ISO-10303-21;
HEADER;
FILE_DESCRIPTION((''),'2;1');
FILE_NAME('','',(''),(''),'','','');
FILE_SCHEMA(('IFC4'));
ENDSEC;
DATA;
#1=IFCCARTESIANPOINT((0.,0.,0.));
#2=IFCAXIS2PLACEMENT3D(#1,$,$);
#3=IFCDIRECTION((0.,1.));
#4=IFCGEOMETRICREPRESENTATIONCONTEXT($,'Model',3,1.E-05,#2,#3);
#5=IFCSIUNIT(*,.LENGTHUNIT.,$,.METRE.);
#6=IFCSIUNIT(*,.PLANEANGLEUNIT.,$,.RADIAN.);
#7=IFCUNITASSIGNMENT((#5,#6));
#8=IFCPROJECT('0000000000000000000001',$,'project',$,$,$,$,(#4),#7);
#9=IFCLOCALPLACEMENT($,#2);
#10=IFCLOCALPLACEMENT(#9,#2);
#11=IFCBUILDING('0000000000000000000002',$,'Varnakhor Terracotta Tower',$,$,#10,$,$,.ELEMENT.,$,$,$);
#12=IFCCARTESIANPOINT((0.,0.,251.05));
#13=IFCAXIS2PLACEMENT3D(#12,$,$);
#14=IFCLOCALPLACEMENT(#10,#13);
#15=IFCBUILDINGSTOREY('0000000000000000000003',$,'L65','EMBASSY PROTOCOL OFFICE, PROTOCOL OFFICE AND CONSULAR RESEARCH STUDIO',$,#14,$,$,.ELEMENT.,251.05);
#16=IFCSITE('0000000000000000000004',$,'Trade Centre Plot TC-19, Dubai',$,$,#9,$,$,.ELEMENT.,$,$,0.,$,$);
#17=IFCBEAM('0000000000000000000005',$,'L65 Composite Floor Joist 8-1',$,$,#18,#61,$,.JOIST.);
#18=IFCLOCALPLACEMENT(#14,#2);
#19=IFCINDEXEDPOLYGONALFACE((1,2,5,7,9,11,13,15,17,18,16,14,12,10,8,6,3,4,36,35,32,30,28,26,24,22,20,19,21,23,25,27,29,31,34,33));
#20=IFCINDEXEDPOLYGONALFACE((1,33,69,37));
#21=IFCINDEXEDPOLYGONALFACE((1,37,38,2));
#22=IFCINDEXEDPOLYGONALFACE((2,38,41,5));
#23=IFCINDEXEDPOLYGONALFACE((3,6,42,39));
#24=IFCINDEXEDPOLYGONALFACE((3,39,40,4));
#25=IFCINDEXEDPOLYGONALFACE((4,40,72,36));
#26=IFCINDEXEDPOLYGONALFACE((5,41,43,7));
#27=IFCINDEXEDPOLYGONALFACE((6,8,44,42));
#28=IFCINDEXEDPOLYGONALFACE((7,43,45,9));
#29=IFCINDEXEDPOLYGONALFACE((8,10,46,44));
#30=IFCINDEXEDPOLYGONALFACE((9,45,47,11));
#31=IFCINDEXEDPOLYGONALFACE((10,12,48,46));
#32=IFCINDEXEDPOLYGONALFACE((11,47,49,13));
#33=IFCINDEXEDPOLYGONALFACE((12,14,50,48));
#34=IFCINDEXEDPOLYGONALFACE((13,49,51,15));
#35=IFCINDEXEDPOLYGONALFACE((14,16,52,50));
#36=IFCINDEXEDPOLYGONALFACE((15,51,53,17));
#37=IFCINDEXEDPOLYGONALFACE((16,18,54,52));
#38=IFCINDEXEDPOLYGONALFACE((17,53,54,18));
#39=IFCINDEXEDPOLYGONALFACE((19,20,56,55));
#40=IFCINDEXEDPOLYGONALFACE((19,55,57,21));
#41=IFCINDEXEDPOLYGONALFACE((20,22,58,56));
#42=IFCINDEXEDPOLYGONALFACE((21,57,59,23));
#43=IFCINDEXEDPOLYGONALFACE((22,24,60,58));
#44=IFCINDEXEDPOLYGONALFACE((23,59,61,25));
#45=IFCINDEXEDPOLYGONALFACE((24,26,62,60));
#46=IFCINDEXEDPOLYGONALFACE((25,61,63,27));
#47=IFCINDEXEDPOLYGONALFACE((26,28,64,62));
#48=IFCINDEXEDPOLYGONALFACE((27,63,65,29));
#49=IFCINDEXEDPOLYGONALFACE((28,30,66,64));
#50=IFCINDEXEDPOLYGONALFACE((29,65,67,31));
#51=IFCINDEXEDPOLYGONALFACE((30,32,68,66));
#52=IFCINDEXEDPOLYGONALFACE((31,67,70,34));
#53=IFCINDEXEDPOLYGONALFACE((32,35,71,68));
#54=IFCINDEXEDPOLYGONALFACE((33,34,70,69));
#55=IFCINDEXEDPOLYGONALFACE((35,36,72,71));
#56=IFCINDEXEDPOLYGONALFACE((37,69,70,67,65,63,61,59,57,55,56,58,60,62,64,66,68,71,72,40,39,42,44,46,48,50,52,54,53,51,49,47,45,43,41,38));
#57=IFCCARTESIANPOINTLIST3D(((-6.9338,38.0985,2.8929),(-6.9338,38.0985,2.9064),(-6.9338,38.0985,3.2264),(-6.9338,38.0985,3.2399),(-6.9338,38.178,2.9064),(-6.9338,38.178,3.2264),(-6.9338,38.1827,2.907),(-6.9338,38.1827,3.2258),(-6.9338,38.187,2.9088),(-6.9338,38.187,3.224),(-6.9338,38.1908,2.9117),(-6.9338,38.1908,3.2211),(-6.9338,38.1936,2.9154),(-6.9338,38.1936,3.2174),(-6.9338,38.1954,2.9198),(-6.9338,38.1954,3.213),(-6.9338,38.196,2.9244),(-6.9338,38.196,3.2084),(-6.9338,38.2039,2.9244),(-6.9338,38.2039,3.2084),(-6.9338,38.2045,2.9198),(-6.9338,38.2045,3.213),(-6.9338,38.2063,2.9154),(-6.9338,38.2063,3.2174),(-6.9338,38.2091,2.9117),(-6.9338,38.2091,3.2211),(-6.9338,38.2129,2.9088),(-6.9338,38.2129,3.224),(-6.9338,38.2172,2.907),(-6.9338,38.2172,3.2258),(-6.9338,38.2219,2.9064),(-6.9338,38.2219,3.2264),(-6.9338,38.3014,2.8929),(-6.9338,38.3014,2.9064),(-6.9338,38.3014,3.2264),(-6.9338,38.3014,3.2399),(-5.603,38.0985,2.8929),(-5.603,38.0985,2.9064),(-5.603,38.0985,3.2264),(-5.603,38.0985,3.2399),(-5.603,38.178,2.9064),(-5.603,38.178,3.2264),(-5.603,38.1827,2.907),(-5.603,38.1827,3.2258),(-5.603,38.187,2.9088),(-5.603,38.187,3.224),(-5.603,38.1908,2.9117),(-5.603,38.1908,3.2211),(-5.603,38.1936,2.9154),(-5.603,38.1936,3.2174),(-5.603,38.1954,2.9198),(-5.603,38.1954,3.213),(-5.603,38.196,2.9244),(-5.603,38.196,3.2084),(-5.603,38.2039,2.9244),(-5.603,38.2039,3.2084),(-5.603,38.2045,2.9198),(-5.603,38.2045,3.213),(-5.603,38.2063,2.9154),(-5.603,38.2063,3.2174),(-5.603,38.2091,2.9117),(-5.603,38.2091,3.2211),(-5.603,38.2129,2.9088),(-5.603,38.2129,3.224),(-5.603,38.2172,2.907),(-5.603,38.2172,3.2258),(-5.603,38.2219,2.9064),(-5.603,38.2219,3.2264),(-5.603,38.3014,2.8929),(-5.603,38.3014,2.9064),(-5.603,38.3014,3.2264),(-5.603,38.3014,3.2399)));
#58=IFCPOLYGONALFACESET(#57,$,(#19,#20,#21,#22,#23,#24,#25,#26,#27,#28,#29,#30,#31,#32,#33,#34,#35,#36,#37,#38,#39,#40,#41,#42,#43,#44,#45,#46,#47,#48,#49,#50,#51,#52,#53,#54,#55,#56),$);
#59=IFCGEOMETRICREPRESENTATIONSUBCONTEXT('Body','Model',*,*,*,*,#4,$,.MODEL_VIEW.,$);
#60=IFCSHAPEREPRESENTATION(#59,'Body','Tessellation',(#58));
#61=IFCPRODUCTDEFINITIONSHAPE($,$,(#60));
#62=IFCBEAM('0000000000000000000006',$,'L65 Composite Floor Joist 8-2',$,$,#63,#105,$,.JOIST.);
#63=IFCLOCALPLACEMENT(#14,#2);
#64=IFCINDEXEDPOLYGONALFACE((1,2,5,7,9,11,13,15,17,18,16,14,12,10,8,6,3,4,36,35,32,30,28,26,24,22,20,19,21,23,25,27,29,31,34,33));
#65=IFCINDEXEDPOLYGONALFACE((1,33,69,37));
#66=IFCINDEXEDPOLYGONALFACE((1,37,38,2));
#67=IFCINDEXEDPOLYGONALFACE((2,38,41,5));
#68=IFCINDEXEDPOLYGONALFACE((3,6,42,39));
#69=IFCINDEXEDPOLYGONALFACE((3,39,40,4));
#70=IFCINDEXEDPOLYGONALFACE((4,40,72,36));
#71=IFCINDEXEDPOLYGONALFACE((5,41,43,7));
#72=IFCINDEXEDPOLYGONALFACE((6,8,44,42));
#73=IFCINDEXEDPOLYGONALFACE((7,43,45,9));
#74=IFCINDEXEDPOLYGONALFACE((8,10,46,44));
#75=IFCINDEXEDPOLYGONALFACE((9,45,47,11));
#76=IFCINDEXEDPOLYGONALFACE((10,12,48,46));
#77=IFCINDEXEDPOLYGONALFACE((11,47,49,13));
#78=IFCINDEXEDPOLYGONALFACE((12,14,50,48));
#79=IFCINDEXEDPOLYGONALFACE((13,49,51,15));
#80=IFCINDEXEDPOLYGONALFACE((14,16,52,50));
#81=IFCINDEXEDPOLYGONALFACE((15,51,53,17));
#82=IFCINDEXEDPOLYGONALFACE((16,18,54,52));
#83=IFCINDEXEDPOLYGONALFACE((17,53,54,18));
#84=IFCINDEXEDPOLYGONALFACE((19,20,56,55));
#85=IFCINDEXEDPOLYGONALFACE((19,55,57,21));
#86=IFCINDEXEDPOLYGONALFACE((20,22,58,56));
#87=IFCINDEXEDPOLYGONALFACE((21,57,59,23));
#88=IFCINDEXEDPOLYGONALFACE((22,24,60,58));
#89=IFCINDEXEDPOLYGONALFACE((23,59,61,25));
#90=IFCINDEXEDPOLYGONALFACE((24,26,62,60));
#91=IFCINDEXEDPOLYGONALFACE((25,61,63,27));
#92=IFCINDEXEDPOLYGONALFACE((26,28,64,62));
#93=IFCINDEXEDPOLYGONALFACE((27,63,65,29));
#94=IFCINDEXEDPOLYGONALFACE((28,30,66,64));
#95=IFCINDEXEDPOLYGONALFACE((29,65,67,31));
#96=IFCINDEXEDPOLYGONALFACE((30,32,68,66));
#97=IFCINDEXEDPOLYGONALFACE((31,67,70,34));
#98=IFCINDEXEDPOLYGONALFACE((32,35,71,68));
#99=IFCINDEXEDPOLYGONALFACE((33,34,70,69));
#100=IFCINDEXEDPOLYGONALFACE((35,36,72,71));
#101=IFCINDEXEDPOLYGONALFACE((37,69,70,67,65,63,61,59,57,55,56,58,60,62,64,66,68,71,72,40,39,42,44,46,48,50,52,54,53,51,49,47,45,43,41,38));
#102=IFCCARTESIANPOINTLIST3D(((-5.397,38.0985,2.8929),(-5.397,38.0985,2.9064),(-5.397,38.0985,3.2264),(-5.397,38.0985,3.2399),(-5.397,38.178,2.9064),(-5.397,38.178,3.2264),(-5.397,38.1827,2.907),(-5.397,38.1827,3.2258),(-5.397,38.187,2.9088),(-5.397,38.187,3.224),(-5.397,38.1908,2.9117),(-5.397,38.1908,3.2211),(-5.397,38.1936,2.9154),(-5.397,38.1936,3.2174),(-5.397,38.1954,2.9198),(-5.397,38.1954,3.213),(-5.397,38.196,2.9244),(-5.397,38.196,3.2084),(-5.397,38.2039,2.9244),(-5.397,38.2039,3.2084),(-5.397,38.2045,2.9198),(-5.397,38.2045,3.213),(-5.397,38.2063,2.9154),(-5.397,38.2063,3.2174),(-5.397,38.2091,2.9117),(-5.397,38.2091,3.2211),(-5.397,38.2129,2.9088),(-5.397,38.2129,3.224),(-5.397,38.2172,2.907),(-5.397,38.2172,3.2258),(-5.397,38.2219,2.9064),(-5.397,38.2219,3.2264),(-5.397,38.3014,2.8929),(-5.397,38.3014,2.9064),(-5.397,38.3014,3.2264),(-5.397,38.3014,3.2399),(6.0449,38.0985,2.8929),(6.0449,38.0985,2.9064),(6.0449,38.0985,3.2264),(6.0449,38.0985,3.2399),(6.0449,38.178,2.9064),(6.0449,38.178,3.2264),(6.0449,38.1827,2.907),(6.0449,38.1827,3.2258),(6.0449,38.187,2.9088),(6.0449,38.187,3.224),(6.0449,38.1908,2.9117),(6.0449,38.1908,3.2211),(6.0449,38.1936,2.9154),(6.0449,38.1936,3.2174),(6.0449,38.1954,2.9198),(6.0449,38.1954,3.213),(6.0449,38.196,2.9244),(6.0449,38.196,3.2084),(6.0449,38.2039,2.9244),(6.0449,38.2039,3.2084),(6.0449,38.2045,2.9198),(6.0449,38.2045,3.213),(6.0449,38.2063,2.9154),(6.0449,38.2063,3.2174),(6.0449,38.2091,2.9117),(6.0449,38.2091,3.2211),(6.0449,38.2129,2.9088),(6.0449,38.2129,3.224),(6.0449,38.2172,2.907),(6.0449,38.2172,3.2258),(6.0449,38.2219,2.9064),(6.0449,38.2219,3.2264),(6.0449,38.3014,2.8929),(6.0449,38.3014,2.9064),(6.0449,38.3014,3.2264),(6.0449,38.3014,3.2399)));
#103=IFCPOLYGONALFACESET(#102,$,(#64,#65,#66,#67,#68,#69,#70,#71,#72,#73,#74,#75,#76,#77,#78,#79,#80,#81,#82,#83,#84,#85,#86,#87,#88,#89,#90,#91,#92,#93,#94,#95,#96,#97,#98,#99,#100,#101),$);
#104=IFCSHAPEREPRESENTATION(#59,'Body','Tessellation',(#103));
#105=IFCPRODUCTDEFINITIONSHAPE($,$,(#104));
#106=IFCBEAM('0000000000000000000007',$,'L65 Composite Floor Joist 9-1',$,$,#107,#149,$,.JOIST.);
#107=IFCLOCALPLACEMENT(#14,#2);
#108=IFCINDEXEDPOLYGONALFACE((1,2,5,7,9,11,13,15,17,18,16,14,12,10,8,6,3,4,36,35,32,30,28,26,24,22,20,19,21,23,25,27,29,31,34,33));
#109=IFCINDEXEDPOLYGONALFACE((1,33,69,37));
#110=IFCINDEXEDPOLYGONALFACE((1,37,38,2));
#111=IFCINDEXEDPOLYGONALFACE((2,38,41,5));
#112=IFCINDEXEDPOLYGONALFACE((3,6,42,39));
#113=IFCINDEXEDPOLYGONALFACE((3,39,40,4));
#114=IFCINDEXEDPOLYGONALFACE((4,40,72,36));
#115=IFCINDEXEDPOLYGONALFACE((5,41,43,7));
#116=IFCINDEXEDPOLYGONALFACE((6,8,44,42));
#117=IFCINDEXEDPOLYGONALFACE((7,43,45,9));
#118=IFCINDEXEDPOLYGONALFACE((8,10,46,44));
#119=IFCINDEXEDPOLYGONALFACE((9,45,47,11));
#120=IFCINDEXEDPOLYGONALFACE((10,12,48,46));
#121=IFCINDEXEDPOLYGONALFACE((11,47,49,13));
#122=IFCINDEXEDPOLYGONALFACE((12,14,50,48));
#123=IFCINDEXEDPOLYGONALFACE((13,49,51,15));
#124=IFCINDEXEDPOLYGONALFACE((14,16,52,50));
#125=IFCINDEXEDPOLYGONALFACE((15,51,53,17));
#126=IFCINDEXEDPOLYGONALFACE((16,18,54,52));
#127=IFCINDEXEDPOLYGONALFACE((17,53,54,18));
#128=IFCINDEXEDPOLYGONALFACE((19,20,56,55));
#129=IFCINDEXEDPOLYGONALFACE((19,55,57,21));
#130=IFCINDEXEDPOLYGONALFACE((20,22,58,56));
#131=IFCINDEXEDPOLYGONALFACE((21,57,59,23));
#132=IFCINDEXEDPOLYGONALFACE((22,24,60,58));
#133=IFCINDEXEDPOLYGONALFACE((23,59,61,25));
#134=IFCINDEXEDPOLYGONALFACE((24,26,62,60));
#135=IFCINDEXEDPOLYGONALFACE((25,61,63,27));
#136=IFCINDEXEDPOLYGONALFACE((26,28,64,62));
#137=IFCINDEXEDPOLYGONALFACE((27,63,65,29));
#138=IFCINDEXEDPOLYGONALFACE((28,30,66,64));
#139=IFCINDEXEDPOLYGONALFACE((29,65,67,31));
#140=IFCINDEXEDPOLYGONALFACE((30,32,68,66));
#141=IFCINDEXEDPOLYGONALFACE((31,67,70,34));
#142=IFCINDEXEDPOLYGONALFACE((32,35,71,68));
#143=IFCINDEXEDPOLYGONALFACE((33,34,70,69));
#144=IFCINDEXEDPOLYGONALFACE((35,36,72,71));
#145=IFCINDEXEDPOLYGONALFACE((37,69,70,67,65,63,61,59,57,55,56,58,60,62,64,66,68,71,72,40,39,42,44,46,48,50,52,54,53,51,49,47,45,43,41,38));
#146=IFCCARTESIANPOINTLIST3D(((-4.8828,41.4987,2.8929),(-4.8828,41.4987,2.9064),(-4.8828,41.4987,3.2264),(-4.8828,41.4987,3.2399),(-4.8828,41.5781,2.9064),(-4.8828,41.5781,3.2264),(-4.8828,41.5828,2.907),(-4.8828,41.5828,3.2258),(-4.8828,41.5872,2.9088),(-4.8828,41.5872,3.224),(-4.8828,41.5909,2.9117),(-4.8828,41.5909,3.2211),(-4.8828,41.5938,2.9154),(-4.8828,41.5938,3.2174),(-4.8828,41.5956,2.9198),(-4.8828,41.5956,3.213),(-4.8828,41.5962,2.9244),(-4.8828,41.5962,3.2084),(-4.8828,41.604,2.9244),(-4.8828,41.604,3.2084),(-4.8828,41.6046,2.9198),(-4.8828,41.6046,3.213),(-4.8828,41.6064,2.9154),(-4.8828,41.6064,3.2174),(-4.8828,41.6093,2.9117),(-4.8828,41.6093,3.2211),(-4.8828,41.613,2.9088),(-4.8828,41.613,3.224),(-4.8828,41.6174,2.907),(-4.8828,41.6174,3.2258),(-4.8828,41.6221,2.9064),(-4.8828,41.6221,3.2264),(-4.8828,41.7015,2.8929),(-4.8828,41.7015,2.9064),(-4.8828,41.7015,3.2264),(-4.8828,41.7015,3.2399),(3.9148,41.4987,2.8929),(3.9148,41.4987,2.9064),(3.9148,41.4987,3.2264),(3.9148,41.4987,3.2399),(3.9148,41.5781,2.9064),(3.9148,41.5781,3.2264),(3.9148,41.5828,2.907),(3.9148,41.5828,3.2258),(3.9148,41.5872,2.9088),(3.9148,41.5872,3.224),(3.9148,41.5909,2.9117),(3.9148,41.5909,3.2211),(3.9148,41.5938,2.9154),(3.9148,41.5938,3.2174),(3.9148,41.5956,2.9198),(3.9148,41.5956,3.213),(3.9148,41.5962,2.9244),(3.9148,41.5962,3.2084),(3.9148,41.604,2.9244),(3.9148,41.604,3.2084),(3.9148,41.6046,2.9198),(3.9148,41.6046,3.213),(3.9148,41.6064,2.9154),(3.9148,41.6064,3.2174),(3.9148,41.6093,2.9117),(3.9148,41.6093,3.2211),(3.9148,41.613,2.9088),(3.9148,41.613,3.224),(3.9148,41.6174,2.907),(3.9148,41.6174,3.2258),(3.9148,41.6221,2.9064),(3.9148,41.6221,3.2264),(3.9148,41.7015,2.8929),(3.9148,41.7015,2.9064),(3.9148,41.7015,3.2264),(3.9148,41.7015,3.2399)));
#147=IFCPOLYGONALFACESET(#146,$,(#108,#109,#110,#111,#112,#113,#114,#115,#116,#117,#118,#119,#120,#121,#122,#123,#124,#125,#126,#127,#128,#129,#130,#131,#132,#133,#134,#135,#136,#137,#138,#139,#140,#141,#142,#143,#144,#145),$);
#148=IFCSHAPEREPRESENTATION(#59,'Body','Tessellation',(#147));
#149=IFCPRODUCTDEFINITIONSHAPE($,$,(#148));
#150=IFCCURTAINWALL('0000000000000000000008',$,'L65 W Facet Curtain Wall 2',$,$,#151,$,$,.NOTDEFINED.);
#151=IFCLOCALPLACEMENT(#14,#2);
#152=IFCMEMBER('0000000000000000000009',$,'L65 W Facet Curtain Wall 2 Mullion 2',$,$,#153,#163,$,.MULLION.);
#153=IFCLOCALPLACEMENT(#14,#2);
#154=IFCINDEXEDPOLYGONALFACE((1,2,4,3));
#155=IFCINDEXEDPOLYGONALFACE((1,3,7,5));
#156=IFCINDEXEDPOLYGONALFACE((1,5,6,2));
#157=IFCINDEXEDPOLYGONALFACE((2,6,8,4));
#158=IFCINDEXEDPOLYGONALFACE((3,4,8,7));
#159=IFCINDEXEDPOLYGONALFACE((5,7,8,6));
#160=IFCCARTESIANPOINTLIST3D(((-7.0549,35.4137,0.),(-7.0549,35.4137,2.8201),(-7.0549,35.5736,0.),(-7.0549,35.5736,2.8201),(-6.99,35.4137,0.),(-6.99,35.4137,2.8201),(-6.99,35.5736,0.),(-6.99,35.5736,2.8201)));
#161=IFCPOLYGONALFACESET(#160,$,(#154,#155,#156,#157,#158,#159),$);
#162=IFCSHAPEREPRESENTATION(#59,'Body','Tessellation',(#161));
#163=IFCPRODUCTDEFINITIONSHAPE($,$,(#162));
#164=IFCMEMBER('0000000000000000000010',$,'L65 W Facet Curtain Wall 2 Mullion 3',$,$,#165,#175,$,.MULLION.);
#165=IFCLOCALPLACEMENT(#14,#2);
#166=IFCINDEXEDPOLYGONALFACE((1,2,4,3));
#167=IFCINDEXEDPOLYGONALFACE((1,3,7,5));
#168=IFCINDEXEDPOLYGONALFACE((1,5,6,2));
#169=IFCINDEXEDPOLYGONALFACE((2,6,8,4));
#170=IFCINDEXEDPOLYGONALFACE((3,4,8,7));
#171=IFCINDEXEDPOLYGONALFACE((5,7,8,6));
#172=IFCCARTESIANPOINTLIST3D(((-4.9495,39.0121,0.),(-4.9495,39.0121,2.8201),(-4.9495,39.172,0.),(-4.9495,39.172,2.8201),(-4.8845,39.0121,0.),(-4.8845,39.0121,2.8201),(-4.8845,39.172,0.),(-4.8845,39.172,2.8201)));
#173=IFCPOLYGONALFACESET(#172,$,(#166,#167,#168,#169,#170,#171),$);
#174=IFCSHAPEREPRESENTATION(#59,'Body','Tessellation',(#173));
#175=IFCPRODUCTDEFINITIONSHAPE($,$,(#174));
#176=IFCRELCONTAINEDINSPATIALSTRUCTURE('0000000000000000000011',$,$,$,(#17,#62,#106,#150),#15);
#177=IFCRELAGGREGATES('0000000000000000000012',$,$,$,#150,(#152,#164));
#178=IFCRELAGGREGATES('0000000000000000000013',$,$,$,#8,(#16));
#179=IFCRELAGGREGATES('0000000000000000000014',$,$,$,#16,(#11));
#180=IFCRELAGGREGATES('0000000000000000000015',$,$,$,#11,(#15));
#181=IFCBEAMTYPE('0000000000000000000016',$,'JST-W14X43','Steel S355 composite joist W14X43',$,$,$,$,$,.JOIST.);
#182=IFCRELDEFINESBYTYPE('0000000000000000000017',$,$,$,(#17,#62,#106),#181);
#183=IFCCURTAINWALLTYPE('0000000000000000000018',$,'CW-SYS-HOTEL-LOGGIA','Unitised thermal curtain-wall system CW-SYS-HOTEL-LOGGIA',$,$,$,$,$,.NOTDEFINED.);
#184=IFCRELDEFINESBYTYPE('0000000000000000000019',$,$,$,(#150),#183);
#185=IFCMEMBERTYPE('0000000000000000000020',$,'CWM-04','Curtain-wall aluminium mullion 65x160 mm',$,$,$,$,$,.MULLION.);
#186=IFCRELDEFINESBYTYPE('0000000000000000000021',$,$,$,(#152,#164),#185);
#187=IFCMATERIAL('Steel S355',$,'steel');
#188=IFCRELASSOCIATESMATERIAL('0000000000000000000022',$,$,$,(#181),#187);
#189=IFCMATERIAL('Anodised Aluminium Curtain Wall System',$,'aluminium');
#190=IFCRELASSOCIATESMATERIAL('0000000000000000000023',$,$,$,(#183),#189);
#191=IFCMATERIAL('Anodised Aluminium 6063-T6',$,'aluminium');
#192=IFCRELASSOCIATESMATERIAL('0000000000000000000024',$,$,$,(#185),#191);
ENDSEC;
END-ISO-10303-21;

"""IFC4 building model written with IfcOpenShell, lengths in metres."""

from ifc_helpers import new_model, si_unit, direction, frame, origin, origin_2d, place, context, subcontext, project, spatial, rectangle, i_section, extrude, source, transform, mapped, material, material_profile, profile_set, type_object, type_shapes, element, aggregate, save


model = new_model("IFC4")

# Units and contexts
model_context = context("Model", 3, precision=1e-05, world=origin(), true_north=direction((0.0, 1.0)))
body_context = subcontext(model_context, "Body", "Model", "MODEL_VIEW")
ifc_project = project(units=[si_unit("LENGTHUNIT", "METRE"), si_unit("PLANEANGLEUNIT", "RADIAN")], contexts=[model_context])

# Site, building, storey
site_placement = place(None, origin())
site = spatial("IfcSite", under=ifc_project, at=site_placement, Name="Trade Centre Plot TC-19, Dubai", CompositionType="ELEMENT", RefElevation=0.0)
building_placement = place(site_placement, origin())
building = spatial("IfcBuilding", under=site, at=building_placement, Name="Varnakhor Terracotta Tower", CompositionType="ELEMENT")
storey_placement = place(building_placement, frame((0.0, 0.0, 251.05)))
storey = spatial("IfcBuildingStorey", under=building, at=storey_placement, Name="L65", Description="EMBASSY PROTOCOL OFFICE, PROTOCOL OFFICE AND CONSULAR RESEARCH STUDIO", CompositionType="ELEMENT", Elevation=251.05)

# Beams
ifc_material_1 = material(Name="Steel S355", Category="steel")
ifc_material_profile_1 = material_profile(ifc_material_1, i_section(OverallWidth=0.2029, OverallDepth=0.3469, WebThickness=0.0078, FlangeThickness=0.0134, FilletRadius=0.0181, at=origin_2d()), Name="W14X43")
ifc_profile_set_1 = profile_set([ifc_material_profile_1], Name="Steel S355")
beam_type_1 = type_object("IfcBeamType", Name="JST-W14X43", Description="Steel S355 composite joist W14X43", PredefinedType="JOIST", material=ifc_profile_set_1)
shared_shape_1 = source(origin(), body_context, "Body", "SweptSolid", [
    extrude(i_section(OverallWidth=0.2029, OverallDepth=0.3469, WebThickness=0.0078, FlangeThickness=0.0134, FilletRadius=0.0181, at=origin_2d()), origin(), (0.0, 0.0, 1.0), 1.3308),
])
beam_1_placement = place(storey_placement, frame((-6.9338, 38.2, 3.0664), z_axis=(1.0, 0.0, 0.0), x_axis=(0.0, 1.0, 0.0)))
element("IfcBeam", 1, at=beam_1_placement, inside=storey, type_object=beam_type_1, Name="L65 Composite Floor Joist 8-1", PredefinedType="JOIST", context=body_context, shape_type="MappedRepresentation", body=[
    mapped(shared_shape_1, transform((0.0, 0.0, 0.0), scale=1.0)),
])
shared_shape_2 = source(origin(), body_context, "Body", "SweptSolid", [
    extrude(i_section(OverallWidth=0.2029, OverallDepth=0.3469, WebThickness=0.0078, FlangeThickness=0.0134, FilletRadius=0.0181, at=origin_2d()), origin(), (0.0, 0.0, 1.0), 11.4419),
])
beam_2_placement = place(storey_placement, frame((-5.397, 38.2, 3.0664), z_axis=(1.0, 0.0, 0.0), x_axis=(0.0, 1.0, 0.0)))
element("IfcBeam", 2, at=beam_2_placement, inside=storey, type_object=beam_type_1, Name="L65 Composite Floor Joist 8-2", PredefinedType="JOIST", context=body_context, shape_type="MappedRepresentation", body=[
    mapped(shared_shape_2, transform((0.0, 0.0, 0.0), scale=1.0)),
])
shared_shape_3 = source(origin(), body_context, "Body", "SweptSolid", [
    extrude(i_section(OverallWidth=0.2029, OverallDepth=0.3469, WebThickness=0.0078, FlangeThickness=0.0134, FilletRadius=0.0181, at=origin_2d()), origin(), (0.0, 0.0, 1.0), 8.7976),
])
beam_3_placement = place(storey_placement, frame((-4.8828, 41.6001, 3.0664), z_axis=(1.0, 0.0, 0.0), x_axis=(0.0, 1.0, 0.0)))
element("IfcBeam", 3, at=beam_3_placement, inside=storey, type_object=beam_type_1, Name="L65 Composite Floor Joist 9-1", PredefinedType="JOIST", context=body_context, shape_type="MappedRepresentation", body=[
    mapped(shared_shape_3, transform((0.0, 0.0, 0.0), scale=1.0)),
])

# Curtain wall, members
ifc_material_2 = material(Name="Anodised Aluminium Curtain Wall System", Category="aluminium")
curtain_wall_type = type_object("IfcCurtainWallType", Name="CW-SYS-HOTEL-LOGGIA", Description="Unitised thermal curtain-wall system CW-SYS-HOTEL-LOGGIA", PredefinedType="NOTDEFINED", material=ifc_material_2)
curtain_wall_placement = place(storey_placement, origin())
curtain_wall = element("IfcCurtainWall", 4, at=curtain_wall_placement, inside=storey, type_object=curtain_wall_type, Name="L65 W Facet Curtain Wall 2", PredefinedType="NOTDEFINED")
ifc_material_3 = material(Name="Anodised Aluminium 6063-T6", Category="aluminium")
ifc_material_profile_2 = material_profile(ifc_material_3, rectangle(XDim=0.0649, YDim=0.1599, at=origin_2d()), Name="ALU MULLION 65x160")
ifc_profile_set_2 = profile_set([ifc_material_profile_2], Name="Anodised Aluminium 6063-T6")
member_type_1 = type_object("IfcMemberType", Name="CWM-04", Description="Curtain-wall aluminium mullion 65x160 mm", PredefinedType="MULLION", material=ifc_profile_set_2)
shared_shape_4 = source(origin(), body_context, "Body", "SweptSolid", [
    extrude(rectangle(XDim=0.0649, YDim=0.1599, at=origin_2d()), origin(), (0.0, 0.0, 1.0), 2.8201),
])
type_shapes(member_type_1, [shared_shape_4])
member_1_placement = place(storey_placement, frame((-7.0225, 35.4937, 0.0), z_axis=(0.0, 0.0, 1.0), x_axis=(1.0, 0.0, 0.0)))
member_1 = element("IfcMember", 5, at=member_1_placement, type_object=member_type_1, Name="L65 W Facet Curtain Wall 2 Mullion 2", PredefinedType="MULLION", context=body_context, shape_type="MappedRepresentation", body=[
    mapped(shared_shape_4, transform((0.0, 0.0, 0.0), scale=1.0)),
])
member_2_placement = place(storey_placement, frame((-4.917, 39.092, 0.0), z_axis=(0.0, 0.0, 1.0), x_axis=(1.0, 0.0, 0.0)))
member_2 = element("IfcMember", 6, at=member_2_placement, type_object=member_type_1, Name="L65 W Facet Curtain Wall 2 Mullion 3", PredefinedType="MULLION", context=body_context, shape_type="MappedRepresentation", body=[
    mapped(shared_shape_4, transform((0.0, 0.0, 0.0), scale=1.0)),
])

aggregate(curtain_wall, [member_1, member_2])

save(model, "model.ifc")
